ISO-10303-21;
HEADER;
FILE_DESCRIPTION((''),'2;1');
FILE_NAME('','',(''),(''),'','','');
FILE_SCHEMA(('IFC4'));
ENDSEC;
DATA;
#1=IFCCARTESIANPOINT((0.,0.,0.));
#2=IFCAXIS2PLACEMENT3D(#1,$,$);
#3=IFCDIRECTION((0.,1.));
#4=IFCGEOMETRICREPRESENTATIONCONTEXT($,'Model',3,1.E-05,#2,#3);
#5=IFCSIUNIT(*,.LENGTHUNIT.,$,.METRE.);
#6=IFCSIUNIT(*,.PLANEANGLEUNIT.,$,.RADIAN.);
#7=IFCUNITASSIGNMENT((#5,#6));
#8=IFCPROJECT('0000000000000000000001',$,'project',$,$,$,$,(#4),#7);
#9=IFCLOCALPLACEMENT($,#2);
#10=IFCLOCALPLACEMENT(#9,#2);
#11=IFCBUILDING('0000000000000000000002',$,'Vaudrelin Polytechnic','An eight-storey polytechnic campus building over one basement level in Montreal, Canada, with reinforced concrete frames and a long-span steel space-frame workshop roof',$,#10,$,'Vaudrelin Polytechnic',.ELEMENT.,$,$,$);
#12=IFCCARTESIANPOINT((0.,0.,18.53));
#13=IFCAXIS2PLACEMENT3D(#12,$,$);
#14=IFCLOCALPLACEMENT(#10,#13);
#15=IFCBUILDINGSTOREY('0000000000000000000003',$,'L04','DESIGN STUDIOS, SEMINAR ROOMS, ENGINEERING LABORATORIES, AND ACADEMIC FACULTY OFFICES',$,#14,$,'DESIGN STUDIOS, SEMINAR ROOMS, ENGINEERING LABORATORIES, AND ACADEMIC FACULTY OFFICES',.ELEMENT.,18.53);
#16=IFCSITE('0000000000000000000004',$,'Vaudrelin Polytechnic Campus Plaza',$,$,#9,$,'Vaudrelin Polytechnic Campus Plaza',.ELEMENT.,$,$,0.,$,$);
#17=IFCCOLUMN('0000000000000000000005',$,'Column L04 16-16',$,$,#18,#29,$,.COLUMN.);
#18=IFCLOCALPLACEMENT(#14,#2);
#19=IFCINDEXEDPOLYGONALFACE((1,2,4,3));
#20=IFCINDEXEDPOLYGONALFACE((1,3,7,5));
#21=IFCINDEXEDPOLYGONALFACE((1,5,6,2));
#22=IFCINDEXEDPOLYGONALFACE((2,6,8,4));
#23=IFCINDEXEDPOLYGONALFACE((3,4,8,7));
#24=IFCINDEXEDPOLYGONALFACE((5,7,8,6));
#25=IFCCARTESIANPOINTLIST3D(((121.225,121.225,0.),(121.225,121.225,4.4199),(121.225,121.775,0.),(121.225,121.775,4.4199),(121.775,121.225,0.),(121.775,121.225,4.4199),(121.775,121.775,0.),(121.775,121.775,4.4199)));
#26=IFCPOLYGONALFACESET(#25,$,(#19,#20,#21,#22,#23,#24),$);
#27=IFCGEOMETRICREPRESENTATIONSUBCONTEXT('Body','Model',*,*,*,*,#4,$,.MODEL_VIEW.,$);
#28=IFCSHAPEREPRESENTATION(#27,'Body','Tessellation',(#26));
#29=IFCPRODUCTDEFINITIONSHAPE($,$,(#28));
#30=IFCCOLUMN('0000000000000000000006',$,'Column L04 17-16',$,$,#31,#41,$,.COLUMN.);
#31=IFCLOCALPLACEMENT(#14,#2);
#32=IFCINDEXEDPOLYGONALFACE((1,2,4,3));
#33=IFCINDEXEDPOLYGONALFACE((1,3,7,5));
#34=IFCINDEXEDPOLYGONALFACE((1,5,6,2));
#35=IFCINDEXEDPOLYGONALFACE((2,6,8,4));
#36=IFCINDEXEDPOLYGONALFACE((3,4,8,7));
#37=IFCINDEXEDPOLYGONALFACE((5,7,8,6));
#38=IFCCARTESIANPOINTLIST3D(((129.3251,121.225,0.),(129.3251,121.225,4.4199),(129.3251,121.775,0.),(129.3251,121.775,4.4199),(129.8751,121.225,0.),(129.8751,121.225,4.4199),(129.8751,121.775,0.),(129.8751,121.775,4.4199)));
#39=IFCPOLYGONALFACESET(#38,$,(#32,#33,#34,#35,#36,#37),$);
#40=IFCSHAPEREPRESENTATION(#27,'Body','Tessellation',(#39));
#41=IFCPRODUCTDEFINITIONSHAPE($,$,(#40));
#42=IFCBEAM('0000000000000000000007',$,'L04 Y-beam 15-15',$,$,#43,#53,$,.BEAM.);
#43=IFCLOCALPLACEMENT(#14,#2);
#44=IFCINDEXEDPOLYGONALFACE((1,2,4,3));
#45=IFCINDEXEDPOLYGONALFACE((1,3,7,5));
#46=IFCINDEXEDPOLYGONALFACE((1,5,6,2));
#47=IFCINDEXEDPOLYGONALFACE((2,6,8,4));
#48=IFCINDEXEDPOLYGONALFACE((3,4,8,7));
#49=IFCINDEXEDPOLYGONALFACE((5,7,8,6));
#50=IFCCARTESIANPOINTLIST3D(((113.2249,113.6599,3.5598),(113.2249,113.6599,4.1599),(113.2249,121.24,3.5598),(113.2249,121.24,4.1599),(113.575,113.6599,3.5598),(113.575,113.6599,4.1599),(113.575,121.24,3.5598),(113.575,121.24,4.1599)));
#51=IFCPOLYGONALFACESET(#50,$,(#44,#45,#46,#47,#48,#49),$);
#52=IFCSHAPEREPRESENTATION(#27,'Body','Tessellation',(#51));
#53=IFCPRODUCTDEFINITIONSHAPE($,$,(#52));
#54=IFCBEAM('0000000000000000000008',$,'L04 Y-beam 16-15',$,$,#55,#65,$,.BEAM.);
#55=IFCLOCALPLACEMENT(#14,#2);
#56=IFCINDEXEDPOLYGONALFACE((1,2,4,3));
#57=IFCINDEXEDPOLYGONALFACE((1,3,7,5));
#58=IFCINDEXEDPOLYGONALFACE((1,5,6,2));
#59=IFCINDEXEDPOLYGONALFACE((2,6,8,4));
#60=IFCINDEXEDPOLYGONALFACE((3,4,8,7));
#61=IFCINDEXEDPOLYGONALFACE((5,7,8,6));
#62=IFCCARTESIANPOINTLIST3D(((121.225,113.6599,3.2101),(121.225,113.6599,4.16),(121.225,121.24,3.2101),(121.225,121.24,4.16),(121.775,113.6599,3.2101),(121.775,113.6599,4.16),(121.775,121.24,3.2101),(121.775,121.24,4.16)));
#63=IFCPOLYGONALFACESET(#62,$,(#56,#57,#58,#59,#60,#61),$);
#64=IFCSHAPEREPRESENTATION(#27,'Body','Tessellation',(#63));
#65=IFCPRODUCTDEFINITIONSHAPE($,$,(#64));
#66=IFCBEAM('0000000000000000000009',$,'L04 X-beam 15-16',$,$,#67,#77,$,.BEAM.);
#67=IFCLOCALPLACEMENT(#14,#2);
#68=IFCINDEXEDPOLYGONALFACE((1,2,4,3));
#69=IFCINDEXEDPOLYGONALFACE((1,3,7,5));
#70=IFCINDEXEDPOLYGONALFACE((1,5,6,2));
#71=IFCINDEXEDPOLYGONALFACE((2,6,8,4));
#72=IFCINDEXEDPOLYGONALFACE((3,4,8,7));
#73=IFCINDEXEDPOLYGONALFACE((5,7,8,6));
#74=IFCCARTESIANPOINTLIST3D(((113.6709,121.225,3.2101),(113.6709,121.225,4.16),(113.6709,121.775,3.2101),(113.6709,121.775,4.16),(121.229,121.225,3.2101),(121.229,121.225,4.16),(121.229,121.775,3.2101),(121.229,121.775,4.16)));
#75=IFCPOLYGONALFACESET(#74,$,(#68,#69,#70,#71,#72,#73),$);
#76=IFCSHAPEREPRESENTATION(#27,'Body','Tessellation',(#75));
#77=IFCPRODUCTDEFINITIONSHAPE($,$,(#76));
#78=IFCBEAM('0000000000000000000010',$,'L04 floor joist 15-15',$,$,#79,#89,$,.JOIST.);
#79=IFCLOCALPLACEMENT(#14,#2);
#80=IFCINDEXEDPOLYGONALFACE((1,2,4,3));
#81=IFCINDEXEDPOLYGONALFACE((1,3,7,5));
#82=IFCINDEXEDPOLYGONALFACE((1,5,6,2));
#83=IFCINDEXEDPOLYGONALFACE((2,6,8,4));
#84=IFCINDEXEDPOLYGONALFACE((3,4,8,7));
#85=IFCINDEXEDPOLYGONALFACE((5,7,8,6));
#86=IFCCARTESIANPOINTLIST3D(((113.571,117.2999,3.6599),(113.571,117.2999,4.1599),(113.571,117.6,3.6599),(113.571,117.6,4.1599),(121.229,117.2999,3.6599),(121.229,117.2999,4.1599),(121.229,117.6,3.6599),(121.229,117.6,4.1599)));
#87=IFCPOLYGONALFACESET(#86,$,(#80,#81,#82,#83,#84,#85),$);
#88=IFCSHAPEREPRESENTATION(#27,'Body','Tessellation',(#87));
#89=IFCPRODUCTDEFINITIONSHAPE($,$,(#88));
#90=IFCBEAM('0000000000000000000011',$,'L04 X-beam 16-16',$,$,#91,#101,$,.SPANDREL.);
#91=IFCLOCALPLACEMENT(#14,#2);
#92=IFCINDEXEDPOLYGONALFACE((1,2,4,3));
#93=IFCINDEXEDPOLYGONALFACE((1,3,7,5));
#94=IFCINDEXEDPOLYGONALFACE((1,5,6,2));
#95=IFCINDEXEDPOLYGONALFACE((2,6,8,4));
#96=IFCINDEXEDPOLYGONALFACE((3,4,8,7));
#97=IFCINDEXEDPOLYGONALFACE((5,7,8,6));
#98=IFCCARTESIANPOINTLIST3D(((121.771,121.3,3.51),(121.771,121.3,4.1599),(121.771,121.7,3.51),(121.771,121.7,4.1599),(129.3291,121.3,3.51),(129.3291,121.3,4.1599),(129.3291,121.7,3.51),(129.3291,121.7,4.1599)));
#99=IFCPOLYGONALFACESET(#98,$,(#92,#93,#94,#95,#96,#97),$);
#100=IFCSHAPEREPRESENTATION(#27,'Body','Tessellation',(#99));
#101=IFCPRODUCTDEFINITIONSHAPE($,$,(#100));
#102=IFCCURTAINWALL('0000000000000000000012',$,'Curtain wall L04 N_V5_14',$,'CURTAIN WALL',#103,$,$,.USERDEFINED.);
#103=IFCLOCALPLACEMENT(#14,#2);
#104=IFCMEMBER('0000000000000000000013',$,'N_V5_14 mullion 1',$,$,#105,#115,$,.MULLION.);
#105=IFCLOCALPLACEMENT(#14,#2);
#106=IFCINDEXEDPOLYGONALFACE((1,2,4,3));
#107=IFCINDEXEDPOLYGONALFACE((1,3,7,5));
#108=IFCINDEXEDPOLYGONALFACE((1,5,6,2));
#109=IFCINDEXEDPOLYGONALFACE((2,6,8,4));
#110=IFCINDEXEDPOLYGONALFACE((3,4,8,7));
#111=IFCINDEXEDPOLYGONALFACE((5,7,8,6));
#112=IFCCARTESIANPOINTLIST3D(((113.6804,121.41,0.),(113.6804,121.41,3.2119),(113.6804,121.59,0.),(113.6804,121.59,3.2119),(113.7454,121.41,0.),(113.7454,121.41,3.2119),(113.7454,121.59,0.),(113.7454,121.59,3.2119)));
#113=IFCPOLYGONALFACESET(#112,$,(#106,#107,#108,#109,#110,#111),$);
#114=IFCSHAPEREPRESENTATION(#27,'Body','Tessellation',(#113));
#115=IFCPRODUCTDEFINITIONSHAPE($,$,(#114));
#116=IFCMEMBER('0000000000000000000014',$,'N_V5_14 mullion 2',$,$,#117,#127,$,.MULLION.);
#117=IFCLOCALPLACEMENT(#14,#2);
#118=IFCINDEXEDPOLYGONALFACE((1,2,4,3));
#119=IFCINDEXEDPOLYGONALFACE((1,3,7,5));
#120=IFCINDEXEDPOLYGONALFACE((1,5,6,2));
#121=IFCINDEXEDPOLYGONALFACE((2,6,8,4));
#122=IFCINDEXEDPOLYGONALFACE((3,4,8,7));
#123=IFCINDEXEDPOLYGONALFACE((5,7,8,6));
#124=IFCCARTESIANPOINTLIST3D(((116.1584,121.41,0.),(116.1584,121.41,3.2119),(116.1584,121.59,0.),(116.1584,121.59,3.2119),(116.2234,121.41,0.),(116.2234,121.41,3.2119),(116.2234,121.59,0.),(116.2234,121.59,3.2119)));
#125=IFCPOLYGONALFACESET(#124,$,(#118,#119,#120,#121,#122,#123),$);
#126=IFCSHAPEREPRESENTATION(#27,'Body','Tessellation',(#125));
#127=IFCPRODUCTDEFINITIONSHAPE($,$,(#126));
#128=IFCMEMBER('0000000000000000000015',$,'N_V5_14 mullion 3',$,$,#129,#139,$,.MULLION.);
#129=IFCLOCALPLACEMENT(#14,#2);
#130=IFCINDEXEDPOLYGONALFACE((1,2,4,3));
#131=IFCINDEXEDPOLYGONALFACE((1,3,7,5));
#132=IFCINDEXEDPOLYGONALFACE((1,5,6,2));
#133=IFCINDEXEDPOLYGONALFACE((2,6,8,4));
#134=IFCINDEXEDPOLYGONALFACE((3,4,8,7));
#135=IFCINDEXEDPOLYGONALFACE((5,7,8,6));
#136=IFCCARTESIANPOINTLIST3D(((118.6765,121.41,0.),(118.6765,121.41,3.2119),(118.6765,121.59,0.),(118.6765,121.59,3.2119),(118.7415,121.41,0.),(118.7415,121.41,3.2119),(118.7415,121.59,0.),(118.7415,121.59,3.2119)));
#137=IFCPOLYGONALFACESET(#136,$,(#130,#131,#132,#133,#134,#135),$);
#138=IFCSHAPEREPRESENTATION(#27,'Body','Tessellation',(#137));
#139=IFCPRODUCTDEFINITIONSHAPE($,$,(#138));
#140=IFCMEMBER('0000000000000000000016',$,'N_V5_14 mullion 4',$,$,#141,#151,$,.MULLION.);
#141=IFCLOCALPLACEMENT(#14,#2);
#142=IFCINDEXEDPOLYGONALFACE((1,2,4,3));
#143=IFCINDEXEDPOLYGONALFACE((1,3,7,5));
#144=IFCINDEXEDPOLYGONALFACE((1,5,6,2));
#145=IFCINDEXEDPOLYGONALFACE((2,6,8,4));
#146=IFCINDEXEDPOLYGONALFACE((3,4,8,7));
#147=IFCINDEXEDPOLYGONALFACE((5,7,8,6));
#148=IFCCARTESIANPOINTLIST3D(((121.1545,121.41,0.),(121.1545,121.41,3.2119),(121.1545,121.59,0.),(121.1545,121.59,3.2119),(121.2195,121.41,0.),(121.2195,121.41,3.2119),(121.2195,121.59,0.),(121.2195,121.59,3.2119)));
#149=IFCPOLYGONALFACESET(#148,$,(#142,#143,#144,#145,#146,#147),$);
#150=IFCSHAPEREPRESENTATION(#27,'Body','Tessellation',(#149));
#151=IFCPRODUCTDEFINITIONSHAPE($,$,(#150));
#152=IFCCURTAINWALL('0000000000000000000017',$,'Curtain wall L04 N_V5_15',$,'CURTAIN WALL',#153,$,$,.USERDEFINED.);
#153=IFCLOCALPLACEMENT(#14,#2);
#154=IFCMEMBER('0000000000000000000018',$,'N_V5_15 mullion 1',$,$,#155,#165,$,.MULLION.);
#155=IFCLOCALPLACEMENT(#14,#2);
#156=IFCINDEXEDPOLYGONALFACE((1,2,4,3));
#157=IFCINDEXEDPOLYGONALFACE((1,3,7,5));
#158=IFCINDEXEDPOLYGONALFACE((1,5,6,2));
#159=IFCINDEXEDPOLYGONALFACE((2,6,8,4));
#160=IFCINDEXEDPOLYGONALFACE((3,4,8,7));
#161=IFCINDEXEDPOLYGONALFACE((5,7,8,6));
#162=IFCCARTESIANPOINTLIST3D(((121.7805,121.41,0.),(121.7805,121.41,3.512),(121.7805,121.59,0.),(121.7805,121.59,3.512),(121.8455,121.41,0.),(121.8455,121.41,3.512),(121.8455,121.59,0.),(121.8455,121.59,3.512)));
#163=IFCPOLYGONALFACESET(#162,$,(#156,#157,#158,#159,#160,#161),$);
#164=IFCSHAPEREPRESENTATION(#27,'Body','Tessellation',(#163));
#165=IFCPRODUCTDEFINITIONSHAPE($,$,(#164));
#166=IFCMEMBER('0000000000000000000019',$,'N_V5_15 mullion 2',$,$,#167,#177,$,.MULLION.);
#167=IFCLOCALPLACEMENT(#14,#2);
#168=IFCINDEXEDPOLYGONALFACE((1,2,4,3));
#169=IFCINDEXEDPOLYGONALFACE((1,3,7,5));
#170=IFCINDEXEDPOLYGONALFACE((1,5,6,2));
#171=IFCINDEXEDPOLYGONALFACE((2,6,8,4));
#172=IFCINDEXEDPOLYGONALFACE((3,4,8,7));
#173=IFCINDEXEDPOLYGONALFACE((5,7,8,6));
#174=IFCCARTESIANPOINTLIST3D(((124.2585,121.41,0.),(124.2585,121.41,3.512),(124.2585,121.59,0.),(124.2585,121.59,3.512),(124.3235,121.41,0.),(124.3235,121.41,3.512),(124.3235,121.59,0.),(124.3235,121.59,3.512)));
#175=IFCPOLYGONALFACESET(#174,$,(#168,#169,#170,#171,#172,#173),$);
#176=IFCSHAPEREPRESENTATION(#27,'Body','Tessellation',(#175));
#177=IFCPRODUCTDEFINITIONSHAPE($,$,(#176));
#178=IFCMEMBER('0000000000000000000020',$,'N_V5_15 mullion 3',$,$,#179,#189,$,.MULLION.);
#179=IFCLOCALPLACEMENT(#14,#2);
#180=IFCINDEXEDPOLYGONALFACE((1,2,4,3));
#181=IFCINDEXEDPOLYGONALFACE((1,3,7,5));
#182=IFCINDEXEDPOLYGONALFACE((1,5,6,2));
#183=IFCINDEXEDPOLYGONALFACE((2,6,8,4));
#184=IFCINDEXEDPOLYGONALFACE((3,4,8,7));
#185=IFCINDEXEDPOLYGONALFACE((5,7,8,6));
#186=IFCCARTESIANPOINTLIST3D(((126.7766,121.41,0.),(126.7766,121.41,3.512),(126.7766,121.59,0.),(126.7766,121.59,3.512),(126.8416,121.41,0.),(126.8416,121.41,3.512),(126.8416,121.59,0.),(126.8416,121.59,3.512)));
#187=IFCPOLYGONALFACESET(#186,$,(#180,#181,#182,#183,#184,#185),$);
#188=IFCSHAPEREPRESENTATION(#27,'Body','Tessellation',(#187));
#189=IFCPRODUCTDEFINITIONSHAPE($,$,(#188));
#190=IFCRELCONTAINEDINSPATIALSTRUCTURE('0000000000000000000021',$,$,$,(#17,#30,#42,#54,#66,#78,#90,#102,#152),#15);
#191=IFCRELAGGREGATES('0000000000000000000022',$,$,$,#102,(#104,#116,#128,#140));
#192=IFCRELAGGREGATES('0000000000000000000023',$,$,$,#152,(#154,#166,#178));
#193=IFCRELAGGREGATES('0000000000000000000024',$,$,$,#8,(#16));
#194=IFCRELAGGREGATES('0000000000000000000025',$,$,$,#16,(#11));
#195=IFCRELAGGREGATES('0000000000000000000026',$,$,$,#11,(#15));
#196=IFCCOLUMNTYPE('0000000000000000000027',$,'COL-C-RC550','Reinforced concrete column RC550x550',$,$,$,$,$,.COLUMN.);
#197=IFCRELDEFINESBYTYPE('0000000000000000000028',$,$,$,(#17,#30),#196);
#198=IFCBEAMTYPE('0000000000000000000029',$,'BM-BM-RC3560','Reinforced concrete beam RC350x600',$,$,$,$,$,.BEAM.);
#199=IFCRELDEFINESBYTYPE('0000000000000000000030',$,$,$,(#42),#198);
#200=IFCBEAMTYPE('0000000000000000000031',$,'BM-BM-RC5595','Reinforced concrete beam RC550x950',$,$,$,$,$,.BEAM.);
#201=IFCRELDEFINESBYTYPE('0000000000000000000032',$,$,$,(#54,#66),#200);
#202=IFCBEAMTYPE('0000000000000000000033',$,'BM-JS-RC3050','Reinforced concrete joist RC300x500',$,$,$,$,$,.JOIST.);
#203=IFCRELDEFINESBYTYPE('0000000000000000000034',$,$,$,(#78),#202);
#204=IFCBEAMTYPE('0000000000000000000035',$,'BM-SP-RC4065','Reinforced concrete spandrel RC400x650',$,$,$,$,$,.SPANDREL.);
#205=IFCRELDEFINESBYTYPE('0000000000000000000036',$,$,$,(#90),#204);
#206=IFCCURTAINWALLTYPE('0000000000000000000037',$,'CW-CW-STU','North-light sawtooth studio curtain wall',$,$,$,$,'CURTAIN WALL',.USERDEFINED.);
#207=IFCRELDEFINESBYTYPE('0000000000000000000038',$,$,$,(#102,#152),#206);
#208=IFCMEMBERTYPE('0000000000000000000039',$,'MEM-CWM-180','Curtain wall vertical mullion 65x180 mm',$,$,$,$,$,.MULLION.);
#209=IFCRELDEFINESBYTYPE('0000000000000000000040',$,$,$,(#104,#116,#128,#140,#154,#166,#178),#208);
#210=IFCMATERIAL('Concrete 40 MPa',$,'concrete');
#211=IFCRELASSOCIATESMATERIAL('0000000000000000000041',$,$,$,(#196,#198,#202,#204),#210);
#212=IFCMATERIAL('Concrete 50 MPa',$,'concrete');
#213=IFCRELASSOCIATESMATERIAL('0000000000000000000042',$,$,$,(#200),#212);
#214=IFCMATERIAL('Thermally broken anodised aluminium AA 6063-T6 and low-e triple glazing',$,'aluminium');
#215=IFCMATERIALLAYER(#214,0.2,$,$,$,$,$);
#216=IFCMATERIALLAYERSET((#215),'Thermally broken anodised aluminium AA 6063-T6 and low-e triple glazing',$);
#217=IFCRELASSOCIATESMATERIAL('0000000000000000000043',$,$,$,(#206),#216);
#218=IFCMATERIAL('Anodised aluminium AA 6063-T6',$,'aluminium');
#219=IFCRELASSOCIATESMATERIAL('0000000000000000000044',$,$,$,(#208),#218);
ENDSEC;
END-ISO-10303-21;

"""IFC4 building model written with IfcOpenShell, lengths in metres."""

from ifc_helpers import new_model, si_unit, direction, frame, origin, origin_2d, place, context, subcontext, project, spatial, rectangle, extrude, material, layer, layer_set, material_profile, profile_set, type_object, element, aggregate, save


model = new_model("IFC4")

# Units and contexts
model_context = context("Model", 3, precision=1e-05, world=origin(), true_north=direction((0.0, 1.0)))
body_context = subcontext(model_context, "Body", "Model", "MODEL_VIEW")
ifc_project = project(units=[si_unit("LENGTHUNIT", "METRE"), si_unit("PLANEANGLEUNIT", "RADIAN")], contexts=[model_context])

# Site, building, storey
site_placement = place(None, origin())
site = spatial("IfcSite", under=ifc_project, at=site_placement, Name="Vaudrelin Polytechnic Campus Plaza", LongName="Vaudrelin Polytechnic Campus Plaza", CompositionType="ELEMENT", RefElevation=0.0)
building_placement = place(site_placement, origin())
building = spatial("IfcBuilding", under=site, at=building_placement, Name="Vaudrelin Polytechnic", Description="An eight-storey polytechnic campus building over one basement level in Montreal, Canada, with reinforced concrete frames and a long-span steel space-frame workshop roof", LongName="Vaudrelin Polytechnic", CompositionType="ELEMENT")
storey_placement = place(building_placement, frame((0.0, 0.0, 18.53)))
storey = spatial("IfcBuildingStorey", under=building, at=storey_placement, Name="L04", Description="DESIGN STUDIOS, SEMINAR ROOMS, ENGINEERING LABORATORIES, AND ACADEMIC FACULTY OFFICES", LongName="DESIGN STUDIOS, SEMINAR ROOMS, ENGINEERING LABORATORIES, AND ACADEMIC FACULTY OFFICES", CompositionType="ELEMENT", Elevation=18.53)

# Columns
ifc_material_1 = material(Name="Concrete 40 MPa", Category="concrete")
ifc_material_profile_1 = material_profile(ifc_material_1, rectangle(XDim=0.55, YDim=0.55, at=origin_2d()), Name="RC550x550")
ifc_profile_set_1 = profile_set([ifc_material_profile_1], Name="Concrete 40 MPa")
column_type = type_object("IfcColumnType", Name="COL-C-RC550", Description="Reinforced concrete column RC550x550", PredefinedType="COLUMN", material=ifc_profile_set_1)
for number, where, z_axis, x_axis, name in (
    (1, (121.5, 121.5, 0.0), (0.0, 0.0, 1.0), (1.0, 0.0, 0.0), "Column L04 16-16"),
    (2, (129.6001, 121.5, 0.0), (0.0, 0.0, 1.0), (1.0, 0.0, 0.0), "Column L04 17-16"),
):
    element("IfcColumn", number, at=place(storey_placement, frame(where, z_axis=z_axis, x_axis=x_axis)), inside=storey, type_object=column_type, Name=name, PredefinedType="COLUMN", context=body_context, shape_type="SweptSolid", body=[
        extrude(rectangle(XDim=0.55, YDim=0.55, at=origin_2d()), origin(), (0.0, 0.0, 1.0), 4.4199),
    ])

# Beams
ifc_material_profile_2 = material_profile(ifc_material_1, rectangle(XDim=0.3501, YDim=0.6001, at=origin_2d()), Name="RC350x600")
ifc_profile_set_2 = profile_set([ifc_material_profile_2], Name="Concrete 40 MPa")
beam_type_1 = type_object("IfcBeamType", Name="BM-BM-RC3560", Description="Reinforced concrete beam RC350x600", PredefinedType="BEAM", material=ifc_profile_set_2)
beam_1_placement = place(storey_placement, frame((113.3999, 113.6599, 3.8599), z_axis=(0.0, 1.0, 0.0), x_axis=(-1.0, 0.0, 0.0)))
element("IfcBeam", 3, at=beam_1_placement, inside=storey, type_object=beam_type_1, Name="L04 Y-beam 15-15", PredefinedType="BEAM", context=body_context, shape_type="SweptSolid", body=[
    extrude(rectangle(XDim=0.3501, YDim=0.6001, at=origin_2d()), origin(), (0.0, 0.0, 1.0), 7.5801),
])
ifc_material_2 = material(Name="Concrete 50 MPa", Category="concrete")
ifc_material_profile_3 = material_profile(ifc_material_2, rectangle(XDim=0.55, YDim=0.95, at=origin_2d()), Name="RC550x950")
ifc_profile_set_3 = profile_set([ifc_material_profile_3], Name="Concrete 50 MPa")
beam_type_2 = type_object("IfcBeamType", Name="BM-BM-RC5595", Description="Reinforced concrete beam RC550x950", PredefinedType="BEAM", material=ifc_profile_set_3)
beam_2_placement = place(storey_placement, frame((121.5, 113.6599, 3.6851), z_axis=(0.0, 1.0, 0.0), x_axis=(-1.0, 0.0, 0.0)))
element("IfcBeam", 4, at=beam_2_placement, inside=storey, type_object=beam_type_2, Name="L04 Y-beam 16-15", PredefinedType="BEAM", context=body_context, shape_type="SweptSolid", body=[
    extrude(rectangle(XDim=0.55, YDim=0.95, at=origin_2d()), origin(), (0.0, 0.0, 1.0), 7.5801),
])
beam_3_placement = place(storey_placement, frame((113.6709, 121.5, 3.6851), z_axis=(1.0, 0.0, 0.0), x_axis=(0.0, 1.0, 0.0)))
element("IfcBeam", 5, at=beam_3_placement, inside=storey, type_object=beam_type_2, Name="L04 X-beam 15-16", PredefinedType="BEAM", context=body_context, shape_type="SweptSolid", body=[
    extrude(rectangle(XDim=0.55, YDim=0.95, at=origin_2d()), origin(), (0.0, 0.0, 1.0), 7.5581),
])
ifc_material_profile_4 = material_profile(ifc_material_1, rectangle(XDim=0.3, YDim=0.5, at=origin_2d()), Name="RC300x500")
ifc_profile_set_4 = profile_set([ifc_material_profile_4], Name="Concrete 40 MPa")
beam_type_3 = type_object("IfcBeamType", Name="BM-JS-RC3050", Description="Reinforced concrete joist RC300x500", PredefinedType="JOIST", material=ifc_profile_set_4)
beam_4_placement = place(storey_placement, frame((113.571, 117.45, 3.9099), z_axis=(1.0, 0.0, 0.0), x_axis=(0.0, 1.0, 0.0)))
element("IfcBeam", 6, at=beam_4_placement, inside=storey, type_object=beam_type_3, Name="L04 floor joist 15-15", PredefinedType="JOIST", context=body_context, shape_type="SweptSolid", body=[
    extrude(rectangle(XDim=0.3, YDim=0.5, at=origin_2d()), origin(), (0.0, 0.0, 1.0), 7.658),
])
ifc_material_profile_5 = material_profile(ifc_material_1, rectangle(XDim=0.3999, YDim=0.6499, at=origin_2d()), Name="RC400x650")
ifc_profile_set_5 = profile_set([ifc_material_profile_5], Name="Concrete 40 MPa")
beam_type_4 = type_object("IfcBeamType", Name="BM-SP-RC4065", Description="Reinforced concrete spandrel RC400x650", PredefinedType="SPANDREL", material=ifc_profile_set_5)
beam_5_placement = place(storey_placement, frame((121.771, 121.5, 3.835), z_axis=(1.0, 0.0, 0.0), x_axis=(0.0, 1.0, 0.0)))
element("IfcBeam", 7, at=beam_5_placement, inside=storey, type_object=beam_type_4, Name="L04 X-beam 16-16", PredefinedType="SPANDREL", context=body_context, shape_type="SweptSolid", body=[
    extrude(rectangle(XDim=0.3999, YDim=0.6499, at=origin_2d()), origin(), (0.0, 0.0, 1.0), 7.5581),
])

# Curtain walls, members
ifc_material_3 = material(Name="Thermally broken anodised aluminium AA 6063-T6 and low-e triple glazing", Category="aluminium")
ifc_layer_1 = layer(ifc_material_3, 0.2)
ifc_layer_set_1 = layer_set([ifc_layer_1], Name="Thermally broken anodised aluminium AA 6063-T6 and low-e triple glazing")
curtain_wall_type = type_object("IfcCurtainWallType", Name="CW-CW-STU", Description="North-light sawtooth studio curtain wall", ElementType="CURTAIN WALL", PredefinedType="USERDEFINED", material=ifc_layer_set_1)
curtain_wall_1_placement = place(storey_placement, origin())
curtain_wall_1 = element("IfcCurtainWall", 8, at=curtain_wall_1_placement, inside=storey, type_object=curtain_wall_type, Name="Curtain wall L04 N_V5_14", ObjectType="CURTAIN WALL", PredefinedType="USERDEFINED")
ifc_material_4 = material(Name="Anodised aluminium AA 6063-T6", Category="aluminium")
ifc_material_profile_6 = material_profile(ifc_material_4, rectangle(XDim=0.0649, YDim=0.1799, at=origin_2d()), Name="CWM-65x180")
ifc_profile_set_6 = profile_set([ifc_material_profile_6], Name="Anodised aluminium AA 6063-T6")
member_type_1 = type_object("IfcMemberType", Name="MEM-CWM-180", Description="Curtain wall vertical mullion 65x180 mm", PredefinedType="MULLION", material=ifc_profile_set_6)
member_1_placement = place(storey_placement, frame((113.7129, 121.5, 0.0), z_axis=(0.0, 0.0, 1.0), x_axis=(1.0, 0.0, 0.0)))
member_1 = element("IfcMember", 9, at=member_1_placement, type_object=member_type_1, Name="N_V5_14 mullion 1", PredefinedType="MULLION", context=body_context, shape_type="SweptSolid", body=[
    extrude(rectangle(XDim=0.0649, YDim=0.1799, at=origin_2d()), origin(), (0.0, 0.0, 1.0), 3.2119),
])
member_2_placement = place(storey_placement, frame((116.1909, 121.5, 0.0), z_axis=(0.0, 0.0, 1.0), x_axis=(1.0, 0.0, 0.0)))
member_2 = element("IfcMember", 10, at=member_2_placement, type_object=member_type_1, Name="N_V5_14 mullion 2", PredefinedType="MULLION", context=body_context, shape_type="SweptSolid", body=[
    extrude(rectangle(XDim=0.0649, YDim=0.1799, at=origin_2d()), origin(), (0.0, 0.0, 1.0), 3.2119),
])
member_3_placement = place(storey_placement, frame((118.709, 121.5, 0.0), z_axis=(0.0, 0.0, 1.0), x_axis=(1.0, 0.0, 0.0)))
member_3 = element("IfcMember", 11, at=member_3_placement, type_object=member_type_1, Name="N_V5_14 mullion 3", PredefinedType="MULLION", context=body_context, shape_type="SweptSolid", body=[
    extrude(rectangle(XDim=0.0649, YDim=0.1799, at=origin_2d()), origin(), (0.0, 0.0, 1.0), 3.2119),
])
member_4_placement = place(storey_placement, frame((121.187, 121.5, 0.0), z_axis=(0.0, 0.0, 1.0), x_axis=(1.0, 0.0, 0.0)))
member_4 = element("IfcMember", 12, at=member_4_placement, type_object=member_type_1, Name="N_V5_14 mullion 4", PredefinedType="MULLION", context=body_context, shape_type="SweptSolid", body=[
    extrude(rectangle(XDim=0.0649, YDim=0.1799, at=origin_2d()), origin(), (0.0, 0.0, 1.0), 3.2119),
])
curtain_wall_2_placement = place(storey_placement, origin())
curtain_wall_2 = element("IfcCurtainWall", 13, at=curtain_wall_2_placement, inside=storey, type_object=curtain_wall_type, Name="Curtain wall L04 N_V5_15", ObjectType="CURTAIN WALL", PredefinedType="USERDEFINED")
member_5_placement = place(storey_placement, frame((121.813, 121.5, 0.0), z_axis=(0.0, 0.0, 1.0), x_axis=(1.0, 0.0, 0.0)))
member_5 = element("IfcMember", 14, at=member_5_placement, type_object=member_type_1, Name="N_V5_15 mullion 1", PredefinedType="MULLION", context=body_context, shape_type="SweptSolid", body=[
    extrude(rectangle(XDim=0.0649, YDim=0.1799, at=origin_2d()), origin(), (0.0, 0.0, 1.0), 3.512),
])
member_6_placement = place(storey_placement, frame((124.291, 121.5, 0.0), z_axis=(0.0, 0.0, 1.0), x_axis=(1.0, 0.0, 0.0)))
member_6 = element("IfcMember", 15, at=member_6_placement, type_object=member_type_1, Name="N_V5_15 mullion 2", PredefinedType="MULLION", context=body_context, shape_type="SweptSolid", body=[
    extrude(rectangle(XDim=0.0649, YDim=0.1799, at=origin_2d()), origin(), (0.0, 0.0, 1.0), 3.512),
])
member_7_placement = place(storey_placement, frame((126.8091, 121.5, 0.0), z_axis=(0.0, 0.0, 1.0), x_axis=(1.0, 0.0, 0.0)))
member_7 = element("IfcMember", 16, at=member_7_placement, type_object=member_type_1, Name="N_V5_15 mullion 3", PredefinedType="MULLION", context=body_context, shape_type="SweptSolid", body=[
    extrude(rectangle(XDim=0.0649, YDim=0.1799, at=origin_2d()), origin(), (0.0, 0.0, 1.0), 3.512),
])

aggregate(curtain_wall_1, [member_1, member_2, member_3, member_4])
aggregate(curtain_wall_2, [member_5, member_6, member_7])

save(model, "model.ifc")
